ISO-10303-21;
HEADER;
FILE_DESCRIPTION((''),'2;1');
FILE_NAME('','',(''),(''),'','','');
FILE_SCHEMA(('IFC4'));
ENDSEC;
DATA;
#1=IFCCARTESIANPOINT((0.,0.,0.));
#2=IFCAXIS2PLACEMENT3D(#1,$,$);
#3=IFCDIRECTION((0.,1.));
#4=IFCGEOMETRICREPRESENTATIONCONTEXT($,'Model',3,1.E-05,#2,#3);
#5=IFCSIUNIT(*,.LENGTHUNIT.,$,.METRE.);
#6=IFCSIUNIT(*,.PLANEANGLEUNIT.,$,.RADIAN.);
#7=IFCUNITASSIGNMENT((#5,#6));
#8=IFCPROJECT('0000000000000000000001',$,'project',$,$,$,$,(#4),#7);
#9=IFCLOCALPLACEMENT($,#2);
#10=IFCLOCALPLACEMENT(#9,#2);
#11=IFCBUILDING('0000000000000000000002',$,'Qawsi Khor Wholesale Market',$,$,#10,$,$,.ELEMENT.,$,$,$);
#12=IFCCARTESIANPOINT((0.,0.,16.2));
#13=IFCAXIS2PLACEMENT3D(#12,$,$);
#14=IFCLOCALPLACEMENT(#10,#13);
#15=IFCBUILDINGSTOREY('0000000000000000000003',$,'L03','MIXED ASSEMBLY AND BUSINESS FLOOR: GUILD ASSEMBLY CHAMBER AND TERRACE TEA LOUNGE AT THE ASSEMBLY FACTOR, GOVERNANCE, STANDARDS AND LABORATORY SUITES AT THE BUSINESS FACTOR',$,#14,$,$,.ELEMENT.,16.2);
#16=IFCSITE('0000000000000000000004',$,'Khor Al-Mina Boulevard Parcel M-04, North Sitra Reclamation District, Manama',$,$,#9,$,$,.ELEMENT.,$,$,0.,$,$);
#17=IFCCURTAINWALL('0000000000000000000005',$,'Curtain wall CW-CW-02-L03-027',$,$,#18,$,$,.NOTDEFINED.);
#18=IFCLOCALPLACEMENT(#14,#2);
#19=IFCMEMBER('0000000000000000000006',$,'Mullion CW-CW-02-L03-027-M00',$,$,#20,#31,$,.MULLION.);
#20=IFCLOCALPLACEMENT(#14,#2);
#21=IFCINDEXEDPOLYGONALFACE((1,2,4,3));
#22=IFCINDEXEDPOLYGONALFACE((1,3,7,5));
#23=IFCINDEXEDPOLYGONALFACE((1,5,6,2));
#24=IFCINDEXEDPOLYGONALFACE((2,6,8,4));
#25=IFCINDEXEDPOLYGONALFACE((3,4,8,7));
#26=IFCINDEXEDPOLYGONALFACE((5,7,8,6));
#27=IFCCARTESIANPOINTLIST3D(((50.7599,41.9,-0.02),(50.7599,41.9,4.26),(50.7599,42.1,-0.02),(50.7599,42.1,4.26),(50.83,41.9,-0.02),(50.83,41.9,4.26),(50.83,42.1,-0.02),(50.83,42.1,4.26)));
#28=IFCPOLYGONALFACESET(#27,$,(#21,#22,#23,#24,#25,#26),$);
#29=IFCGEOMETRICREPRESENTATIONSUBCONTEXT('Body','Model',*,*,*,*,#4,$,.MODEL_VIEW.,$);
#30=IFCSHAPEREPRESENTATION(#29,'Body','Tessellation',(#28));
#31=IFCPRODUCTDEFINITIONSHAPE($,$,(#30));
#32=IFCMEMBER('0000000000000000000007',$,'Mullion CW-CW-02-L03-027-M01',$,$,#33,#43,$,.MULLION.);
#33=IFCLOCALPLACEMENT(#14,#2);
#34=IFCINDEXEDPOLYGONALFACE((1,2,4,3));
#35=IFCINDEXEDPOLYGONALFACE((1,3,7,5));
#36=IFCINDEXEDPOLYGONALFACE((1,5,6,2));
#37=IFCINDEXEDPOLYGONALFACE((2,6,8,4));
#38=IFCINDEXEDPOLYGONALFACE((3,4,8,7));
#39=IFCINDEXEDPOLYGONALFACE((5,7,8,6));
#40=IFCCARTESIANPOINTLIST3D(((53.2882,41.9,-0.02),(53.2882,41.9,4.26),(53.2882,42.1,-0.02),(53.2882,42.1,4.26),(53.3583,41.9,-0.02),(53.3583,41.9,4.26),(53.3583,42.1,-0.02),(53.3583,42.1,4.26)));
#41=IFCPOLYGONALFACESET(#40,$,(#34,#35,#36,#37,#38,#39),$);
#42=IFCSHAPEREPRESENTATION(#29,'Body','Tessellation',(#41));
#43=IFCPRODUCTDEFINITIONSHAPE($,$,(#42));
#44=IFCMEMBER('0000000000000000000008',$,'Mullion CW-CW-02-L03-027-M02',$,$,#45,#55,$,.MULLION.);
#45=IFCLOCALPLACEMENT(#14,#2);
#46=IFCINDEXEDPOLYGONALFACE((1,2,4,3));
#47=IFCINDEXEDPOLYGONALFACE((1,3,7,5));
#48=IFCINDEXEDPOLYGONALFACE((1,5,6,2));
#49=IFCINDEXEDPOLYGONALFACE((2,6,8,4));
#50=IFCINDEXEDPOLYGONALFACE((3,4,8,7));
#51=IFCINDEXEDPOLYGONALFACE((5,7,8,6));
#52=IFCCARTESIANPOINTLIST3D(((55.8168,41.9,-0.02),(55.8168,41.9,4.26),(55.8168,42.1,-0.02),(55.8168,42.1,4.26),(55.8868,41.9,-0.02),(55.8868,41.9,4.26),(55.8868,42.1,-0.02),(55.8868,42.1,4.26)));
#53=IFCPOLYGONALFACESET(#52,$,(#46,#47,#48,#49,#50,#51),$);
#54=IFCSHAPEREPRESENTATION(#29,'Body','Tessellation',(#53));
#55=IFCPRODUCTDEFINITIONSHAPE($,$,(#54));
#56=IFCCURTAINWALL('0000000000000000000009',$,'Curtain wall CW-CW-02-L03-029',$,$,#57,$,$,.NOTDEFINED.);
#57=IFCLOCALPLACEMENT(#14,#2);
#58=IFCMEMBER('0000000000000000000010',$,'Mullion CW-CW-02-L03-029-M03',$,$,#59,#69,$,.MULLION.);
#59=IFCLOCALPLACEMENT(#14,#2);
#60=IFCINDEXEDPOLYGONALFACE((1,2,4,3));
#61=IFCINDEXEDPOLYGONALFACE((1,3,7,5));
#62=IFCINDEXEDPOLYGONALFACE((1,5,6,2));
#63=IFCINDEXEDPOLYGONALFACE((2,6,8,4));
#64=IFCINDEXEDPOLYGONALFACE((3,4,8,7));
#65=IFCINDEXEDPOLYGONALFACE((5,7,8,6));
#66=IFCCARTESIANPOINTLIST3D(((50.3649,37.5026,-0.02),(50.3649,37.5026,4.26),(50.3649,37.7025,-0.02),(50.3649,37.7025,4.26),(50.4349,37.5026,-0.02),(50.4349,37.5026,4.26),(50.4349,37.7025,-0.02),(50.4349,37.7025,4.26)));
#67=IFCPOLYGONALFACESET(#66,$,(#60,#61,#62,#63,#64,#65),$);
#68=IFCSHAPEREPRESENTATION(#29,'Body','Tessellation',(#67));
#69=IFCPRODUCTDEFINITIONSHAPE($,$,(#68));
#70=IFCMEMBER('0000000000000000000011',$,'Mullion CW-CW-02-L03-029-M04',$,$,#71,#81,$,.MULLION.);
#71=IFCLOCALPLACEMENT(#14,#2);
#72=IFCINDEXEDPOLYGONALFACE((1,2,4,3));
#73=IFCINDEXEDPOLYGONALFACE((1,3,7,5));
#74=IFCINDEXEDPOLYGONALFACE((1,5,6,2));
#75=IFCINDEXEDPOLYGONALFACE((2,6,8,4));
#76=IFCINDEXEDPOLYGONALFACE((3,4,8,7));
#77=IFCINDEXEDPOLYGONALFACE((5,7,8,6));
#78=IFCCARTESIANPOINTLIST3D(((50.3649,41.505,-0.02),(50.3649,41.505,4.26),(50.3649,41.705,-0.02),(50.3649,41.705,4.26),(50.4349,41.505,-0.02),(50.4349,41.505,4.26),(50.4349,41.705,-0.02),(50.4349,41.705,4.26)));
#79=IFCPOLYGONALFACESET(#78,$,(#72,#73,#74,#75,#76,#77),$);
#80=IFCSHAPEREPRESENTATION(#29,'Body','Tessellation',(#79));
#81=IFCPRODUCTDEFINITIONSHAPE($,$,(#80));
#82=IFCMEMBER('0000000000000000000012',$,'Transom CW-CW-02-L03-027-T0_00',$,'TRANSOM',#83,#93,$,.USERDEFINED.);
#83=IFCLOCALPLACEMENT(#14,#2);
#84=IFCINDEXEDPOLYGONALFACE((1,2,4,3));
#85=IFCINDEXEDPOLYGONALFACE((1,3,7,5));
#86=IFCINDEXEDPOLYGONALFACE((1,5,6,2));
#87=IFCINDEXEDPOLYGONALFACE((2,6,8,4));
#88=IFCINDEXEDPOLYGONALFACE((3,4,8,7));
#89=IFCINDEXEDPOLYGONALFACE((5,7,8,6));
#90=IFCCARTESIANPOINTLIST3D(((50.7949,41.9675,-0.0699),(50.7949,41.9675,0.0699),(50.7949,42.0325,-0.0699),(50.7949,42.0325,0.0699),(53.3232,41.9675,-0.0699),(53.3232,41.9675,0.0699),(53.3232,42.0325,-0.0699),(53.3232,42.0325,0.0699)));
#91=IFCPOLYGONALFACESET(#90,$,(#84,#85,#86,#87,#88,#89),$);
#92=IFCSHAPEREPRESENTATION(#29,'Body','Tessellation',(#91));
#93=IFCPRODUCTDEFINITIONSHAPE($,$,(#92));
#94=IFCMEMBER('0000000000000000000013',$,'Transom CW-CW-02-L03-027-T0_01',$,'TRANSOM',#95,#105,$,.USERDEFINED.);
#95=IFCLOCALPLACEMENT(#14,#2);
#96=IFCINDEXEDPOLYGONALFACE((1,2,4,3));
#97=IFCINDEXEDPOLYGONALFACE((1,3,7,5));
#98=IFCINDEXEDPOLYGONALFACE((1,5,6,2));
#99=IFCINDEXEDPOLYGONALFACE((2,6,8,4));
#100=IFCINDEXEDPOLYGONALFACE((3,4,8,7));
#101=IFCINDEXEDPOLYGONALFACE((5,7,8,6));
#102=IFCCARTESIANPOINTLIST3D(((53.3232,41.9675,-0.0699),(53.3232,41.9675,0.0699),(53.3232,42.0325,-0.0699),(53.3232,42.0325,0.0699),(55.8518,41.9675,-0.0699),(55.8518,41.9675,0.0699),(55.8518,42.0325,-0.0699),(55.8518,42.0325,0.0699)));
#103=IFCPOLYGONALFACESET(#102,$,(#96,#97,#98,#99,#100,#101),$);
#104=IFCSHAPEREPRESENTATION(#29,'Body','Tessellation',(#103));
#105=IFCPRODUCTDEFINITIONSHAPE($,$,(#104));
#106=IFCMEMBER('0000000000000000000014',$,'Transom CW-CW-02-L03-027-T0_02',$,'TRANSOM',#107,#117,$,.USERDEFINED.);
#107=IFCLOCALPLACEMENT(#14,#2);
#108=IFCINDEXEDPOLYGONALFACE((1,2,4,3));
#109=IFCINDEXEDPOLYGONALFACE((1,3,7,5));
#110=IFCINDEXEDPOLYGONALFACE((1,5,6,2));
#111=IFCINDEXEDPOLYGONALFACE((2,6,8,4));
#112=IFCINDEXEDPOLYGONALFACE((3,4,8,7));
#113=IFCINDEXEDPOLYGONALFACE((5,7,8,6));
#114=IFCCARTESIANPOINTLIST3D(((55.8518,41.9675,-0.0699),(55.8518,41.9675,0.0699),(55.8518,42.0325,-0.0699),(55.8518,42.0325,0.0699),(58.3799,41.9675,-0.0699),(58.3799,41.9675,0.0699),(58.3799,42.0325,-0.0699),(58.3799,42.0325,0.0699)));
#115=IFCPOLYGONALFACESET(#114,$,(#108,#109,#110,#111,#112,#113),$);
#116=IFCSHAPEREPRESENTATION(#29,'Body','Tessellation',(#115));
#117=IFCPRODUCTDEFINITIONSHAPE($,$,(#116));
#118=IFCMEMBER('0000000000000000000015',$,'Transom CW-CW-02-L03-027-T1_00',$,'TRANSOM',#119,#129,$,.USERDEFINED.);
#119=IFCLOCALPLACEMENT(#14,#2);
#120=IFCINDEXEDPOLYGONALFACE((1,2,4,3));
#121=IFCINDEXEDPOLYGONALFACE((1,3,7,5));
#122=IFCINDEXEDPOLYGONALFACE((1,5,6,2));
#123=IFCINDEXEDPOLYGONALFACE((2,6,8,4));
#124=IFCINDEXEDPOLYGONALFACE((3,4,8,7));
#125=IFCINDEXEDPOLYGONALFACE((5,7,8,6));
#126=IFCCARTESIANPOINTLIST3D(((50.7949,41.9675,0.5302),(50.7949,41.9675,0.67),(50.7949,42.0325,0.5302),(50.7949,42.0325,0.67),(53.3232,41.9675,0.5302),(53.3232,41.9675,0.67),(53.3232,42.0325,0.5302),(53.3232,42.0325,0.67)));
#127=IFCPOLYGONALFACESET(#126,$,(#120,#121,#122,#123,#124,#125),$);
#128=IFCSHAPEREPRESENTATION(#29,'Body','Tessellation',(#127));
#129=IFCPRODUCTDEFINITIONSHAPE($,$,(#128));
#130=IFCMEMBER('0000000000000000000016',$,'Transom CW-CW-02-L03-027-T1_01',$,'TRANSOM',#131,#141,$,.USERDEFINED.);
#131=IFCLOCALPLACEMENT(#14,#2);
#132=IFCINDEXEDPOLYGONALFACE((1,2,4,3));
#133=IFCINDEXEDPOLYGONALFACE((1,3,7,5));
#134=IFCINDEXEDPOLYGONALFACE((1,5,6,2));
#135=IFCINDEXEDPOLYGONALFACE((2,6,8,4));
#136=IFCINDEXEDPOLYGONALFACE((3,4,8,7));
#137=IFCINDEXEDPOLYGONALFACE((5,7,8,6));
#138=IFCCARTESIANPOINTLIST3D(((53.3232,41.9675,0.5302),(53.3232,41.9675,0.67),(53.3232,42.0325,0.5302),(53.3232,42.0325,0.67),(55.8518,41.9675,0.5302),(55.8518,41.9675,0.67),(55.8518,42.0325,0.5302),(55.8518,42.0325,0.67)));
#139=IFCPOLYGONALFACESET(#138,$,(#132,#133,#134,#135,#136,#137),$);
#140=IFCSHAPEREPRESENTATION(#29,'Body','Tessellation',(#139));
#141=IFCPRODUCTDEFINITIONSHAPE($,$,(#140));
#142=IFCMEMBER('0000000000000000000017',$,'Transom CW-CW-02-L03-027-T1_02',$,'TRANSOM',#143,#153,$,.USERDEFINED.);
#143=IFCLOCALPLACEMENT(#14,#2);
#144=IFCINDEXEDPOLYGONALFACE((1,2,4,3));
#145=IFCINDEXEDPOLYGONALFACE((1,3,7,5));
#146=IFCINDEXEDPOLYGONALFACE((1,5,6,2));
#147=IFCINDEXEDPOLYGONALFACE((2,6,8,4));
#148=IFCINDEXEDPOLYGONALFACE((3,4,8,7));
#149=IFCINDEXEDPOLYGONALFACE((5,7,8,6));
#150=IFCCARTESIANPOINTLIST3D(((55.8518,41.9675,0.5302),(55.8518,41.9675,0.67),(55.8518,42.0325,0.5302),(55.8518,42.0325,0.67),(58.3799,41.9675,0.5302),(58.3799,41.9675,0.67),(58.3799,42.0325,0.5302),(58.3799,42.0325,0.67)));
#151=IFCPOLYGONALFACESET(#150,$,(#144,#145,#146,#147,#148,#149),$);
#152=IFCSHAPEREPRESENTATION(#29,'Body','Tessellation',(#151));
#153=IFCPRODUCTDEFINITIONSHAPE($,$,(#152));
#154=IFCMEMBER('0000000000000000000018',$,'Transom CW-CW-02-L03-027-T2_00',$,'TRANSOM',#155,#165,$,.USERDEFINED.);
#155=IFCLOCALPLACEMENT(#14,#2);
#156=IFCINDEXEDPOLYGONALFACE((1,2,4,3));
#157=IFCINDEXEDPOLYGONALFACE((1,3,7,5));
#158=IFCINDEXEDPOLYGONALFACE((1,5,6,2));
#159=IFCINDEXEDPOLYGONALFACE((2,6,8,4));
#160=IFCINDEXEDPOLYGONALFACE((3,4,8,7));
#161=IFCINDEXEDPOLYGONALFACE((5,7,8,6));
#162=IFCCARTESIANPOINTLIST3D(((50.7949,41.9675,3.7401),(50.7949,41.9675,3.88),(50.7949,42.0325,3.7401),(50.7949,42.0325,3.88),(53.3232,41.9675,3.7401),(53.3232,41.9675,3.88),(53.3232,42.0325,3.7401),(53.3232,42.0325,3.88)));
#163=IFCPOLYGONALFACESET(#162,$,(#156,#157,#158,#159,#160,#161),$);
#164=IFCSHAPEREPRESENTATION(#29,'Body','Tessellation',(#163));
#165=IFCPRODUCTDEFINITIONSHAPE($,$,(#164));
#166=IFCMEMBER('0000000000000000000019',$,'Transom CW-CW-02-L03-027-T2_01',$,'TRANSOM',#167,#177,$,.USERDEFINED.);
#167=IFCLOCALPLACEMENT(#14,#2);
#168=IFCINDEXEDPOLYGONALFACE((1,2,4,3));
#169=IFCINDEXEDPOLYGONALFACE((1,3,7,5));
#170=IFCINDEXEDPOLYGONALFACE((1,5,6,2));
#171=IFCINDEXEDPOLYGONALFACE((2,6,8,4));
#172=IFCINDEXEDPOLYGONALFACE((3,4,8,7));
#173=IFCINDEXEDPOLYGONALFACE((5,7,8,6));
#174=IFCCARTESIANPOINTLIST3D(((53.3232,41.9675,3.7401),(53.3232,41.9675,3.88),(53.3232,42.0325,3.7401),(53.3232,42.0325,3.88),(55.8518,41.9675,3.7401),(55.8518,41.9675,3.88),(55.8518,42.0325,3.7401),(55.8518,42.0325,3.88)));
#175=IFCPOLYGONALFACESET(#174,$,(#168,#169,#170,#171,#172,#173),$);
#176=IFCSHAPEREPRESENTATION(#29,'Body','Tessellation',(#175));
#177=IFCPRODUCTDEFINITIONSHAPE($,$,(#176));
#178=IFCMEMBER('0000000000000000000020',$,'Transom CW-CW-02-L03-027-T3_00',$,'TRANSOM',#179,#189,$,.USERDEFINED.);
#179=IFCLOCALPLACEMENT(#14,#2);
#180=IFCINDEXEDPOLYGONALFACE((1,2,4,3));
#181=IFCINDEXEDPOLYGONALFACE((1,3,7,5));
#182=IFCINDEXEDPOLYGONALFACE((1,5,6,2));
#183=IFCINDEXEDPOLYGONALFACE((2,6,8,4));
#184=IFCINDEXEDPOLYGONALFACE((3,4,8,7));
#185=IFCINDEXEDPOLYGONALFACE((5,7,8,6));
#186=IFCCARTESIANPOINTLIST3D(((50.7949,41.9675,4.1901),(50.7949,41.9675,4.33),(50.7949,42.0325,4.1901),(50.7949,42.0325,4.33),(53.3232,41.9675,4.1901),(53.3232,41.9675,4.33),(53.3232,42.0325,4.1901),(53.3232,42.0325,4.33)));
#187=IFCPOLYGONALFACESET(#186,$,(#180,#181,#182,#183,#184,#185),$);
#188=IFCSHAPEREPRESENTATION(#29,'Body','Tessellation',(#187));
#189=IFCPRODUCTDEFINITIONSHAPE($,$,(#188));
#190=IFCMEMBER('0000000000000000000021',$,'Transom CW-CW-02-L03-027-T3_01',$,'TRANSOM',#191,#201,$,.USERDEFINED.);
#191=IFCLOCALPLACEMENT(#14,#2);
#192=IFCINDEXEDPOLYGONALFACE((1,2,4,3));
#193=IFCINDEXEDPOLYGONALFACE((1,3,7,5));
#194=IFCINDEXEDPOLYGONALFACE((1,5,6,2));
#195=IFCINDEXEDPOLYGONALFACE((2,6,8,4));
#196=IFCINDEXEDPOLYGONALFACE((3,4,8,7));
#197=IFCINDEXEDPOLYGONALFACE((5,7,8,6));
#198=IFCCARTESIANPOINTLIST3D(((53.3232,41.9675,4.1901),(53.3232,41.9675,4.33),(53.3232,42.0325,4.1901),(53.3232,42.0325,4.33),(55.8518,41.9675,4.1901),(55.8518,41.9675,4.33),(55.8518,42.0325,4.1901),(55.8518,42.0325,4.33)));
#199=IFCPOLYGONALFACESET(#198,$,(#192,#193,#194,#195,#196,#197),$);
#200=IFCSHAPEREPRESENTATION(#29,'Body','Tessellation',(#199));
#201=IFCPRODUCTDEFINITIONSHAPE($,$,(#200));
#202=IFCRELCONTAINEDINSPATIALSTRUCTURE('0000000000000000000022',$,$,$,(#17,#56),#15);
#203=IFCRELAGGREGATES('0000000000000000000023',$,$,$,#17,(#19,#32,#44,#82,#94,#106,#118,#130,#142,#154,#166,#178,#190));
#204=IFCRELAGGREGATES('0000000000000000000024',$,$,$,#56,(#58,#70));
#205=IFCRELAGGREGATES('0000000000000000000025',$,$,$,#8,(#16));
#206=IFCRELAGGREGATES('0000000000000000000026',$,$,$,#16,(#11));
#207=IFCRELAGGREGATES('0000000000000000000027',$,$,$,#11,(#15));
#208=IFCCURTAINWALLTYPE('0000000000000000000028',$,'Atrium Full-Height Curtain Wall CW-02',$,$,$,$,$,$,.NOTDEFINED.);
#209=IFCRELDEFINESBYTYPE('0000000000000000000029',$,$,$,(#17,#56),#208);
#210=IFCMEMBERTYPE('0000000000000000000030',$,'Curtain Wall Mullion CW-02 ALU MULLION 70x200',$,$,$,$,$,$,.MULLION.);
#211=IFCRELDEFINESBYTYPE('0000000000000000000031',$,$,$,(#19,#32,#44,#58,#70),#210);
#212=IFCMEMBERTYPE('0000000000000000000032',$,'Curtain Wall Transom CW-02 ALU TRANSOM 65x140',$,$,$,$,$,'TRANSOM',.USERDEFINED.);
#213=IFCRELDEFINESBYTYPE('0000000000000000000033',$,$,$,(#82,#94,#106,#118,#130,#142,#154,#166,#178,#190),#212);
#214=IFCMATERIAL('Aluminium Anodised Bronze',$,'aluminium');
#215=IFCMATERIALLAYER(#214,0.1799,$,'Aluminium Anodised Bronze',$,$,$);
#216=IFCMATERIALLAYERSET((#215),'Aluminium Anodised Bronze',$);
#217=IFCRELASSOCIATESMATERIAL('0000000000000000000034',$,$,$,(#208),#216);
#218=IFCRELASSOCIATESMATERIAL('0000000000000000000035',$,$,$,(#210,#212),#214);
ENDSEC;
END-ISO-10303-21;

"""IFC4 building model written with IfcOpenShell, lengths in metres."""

from ifc_helpers import new_model, si_unit, direction, frame, origin, origin_2d, place, context, subcontext, project, spatial, rectangle, extrude, material, layer, layer_set, material_profile, profile_set, type_object, element, aggregate, save


model = new_model("IFC4")

# Units and contexts
model_context = context("Model", 3, precision=1e-05, world=origin(), true_north=direction((0.0, 1.0)))
body_context = subcontext(model_context, "Body", "Model", "MODEL_VIEW")
ifc_project = project(units=[si_unit("LENGTHUNIT", "METRE"), si_unit("PLANEANGLEUNIT", "RADIAN")], contexts=[model_context])

# Site, building, storey
site_placement = place(None, origin())
site = spatial("IfcSite", under=ifc_project, at=site_placement, Name="Khor Al-Mina Boulevard Parcel M-04, North Sitra Reclamation District, Manama", CompositionType="ELEMENT", RefElevation=0.0)
building_placement = place(site_placement, origin())
building = spatial("IfcBuilding", under=site, at=building_placement, Name="Qawsi Khor Wholesale Market", CompositionType="ELEMENT")
storey_placement = place(building_placement, frame((0.0, 0.0, 16.2)))
storey = spatial("IfcBuildingStorey", under=building, at=storey_placement, Name="L03", Description="MIXED ASSEMBLY AND BUSINESS FLOOR: GUILD ASSEMBLY CHAMBER AND TERRACE TEA LOUNGE AT THE ASSEMBLY FACTOR, GOVERNANCE, STANDARDS AND LABORATORY SUITES AT THE BUSINESS FACTOR", CompositionType="ELEMENT", Elevation=16.2)

# Curtain walls, members
ifc_material_1 = material(Name="Aluminium Anodised Bronze", Category="aluminium")
ifc_layer_1 = layer(ifc_material_1, 0.1799, Name="Aluminium Anodised Bronze")
ifc_layer_set_1 = layer_set([ifc_layer_1], Name="Aluminium Anodised Bronze")
curtain_wall_type = type_object("IfcCurtainWallType", Name="Atrium Full-Height Curtain Wall CW-02", PredefinedType="NOTDEFINED", material=ifc_layer_set_1)
curtain_wall_1_placement = place(storey_placement, origin())
curtain_wall_1 = element("IfcCurtainWall", 1, at=curtain_wall_1_placement, inside=storey, type_object=curtain_wall_type, Name="Curtain wall CW-CW-02-L03-027", PredefinedType="NOTDEFINED")
ifc_material_profile_1 = material_profile(ifc_material_1, rectangle(XDim=0.0701, YDim=0.2, at=origin_2d()), Name="ALU MULLION 70x200")
ifc_profile_set_1 = profile_set([ifc_material_profile_1], Name="Aluminium Anodised Bronze")
member_type_1 = type_object("IfcMemberType", Name="Curtain Wall Mullion CW-02 ALU MULLION 70x200", PredefinedType="MULLION", material=ifc_profile_set_1)
member_1_placement = place(storey_placement, frame((50.7949, 42.0, -0.02), z_axis=(0.0, 0.0, 1.0), x_axis=(1.0, 0.0, 0.0)))
member_1 = element("IfcMember", 2, at=member_1_placement, type_object=member_type_1, Name="Mullion CW-CW-02-L03-027-M00", PredefinedType="MULLION", context=body_context, shape_type="SweptSolid", body=[
    extrude(rectangle(XDim=0.0701, YDim=0.2, at=origin_2d()), origin(), (0.0, 0.0, 1.0), 4.28),
])
member_2_placement = place(storey_placement, frame((53.3232, 42.0, -0.02), z_axis=(0.0, 0.0, 1.0), x_axis=(1.0, 0.0, 0.0)))
member_2 = element("IfcMember", 3, at=member_2_placement, type_object=member_type_1, Name="Mullion CW-CW-02-L03-027-M01", PredefinedType="MULLION", context=body_context, shape_type="SweptSolid", body=[
    extrude(rectangle(XDim=0.0701, YDim=0.2, at=origin_2d()), origin(), (0.0, 0.0, 1.0), 4.28),
])
member_3_placement = place(storey_placement, frame((55.8518, 42.0, -0.02), z_axis=(0.0, 0.0, 1.0), x_axis=(1.0, 0.0, 0.0)))
member_3 = element("IfcMember", 4, at=member_3_placement, type_object=member_type_1, Name="Mullion CW-CW-02-L03-027-M02", PredefinedType="MULLION", context=body_context, shape_type="SweptSolid", body=[
    extrude(rectangle(XDim=0.0701, YDim=0.2, at=origin_2d()), origin(), (0.0, 0.0, 1.0), 4.28),
])
curtain_wall_2_placement = place(storey_placement, origin())
curtain_wall_2 = element("IfcCurtainWall", 5, at=curtain_wall_2_placement, inside=storey, type_object=curtain_wall_type, Name="Curtain wall CW-CW-02-L03-029", PredefinedType="NOTDEFINED")
member_4_placement = place(storey_placement, frame((50.3999, 37.6025, -0.02), z_axis=(0.0, 0.0, 1.0), x_axis=(1.0, 0.0, 0.0)))
member_4 = element("IfcMember", 6, at=member_4_placement, type_object=member_type_1, Name="Mullion CW-CW-02-L03-029-M03", PredefinedType="MULLION", context=body_context, shape_type="SweptSolid", body=[
    extrude(rectangle(XDim=0.0701, YDim=0.2, at=origin_2d()), origin(), (0.0, 0.0, 1.0), 4.28),
])
member_5_placement = place(storey_placement, frame((50.3999, 41.605, -0.02), z_axis=(0.0, 0.0, 1.0), x_axis=(1.0, 0.0, 0.0)))
member_5 = element("IfcMember", 7, at=member_5_placement, type_object=member_type_1, Name="Mullion CW-CW-02-L03-029-M04", PredefinedType="MULLION", context=body_context, shape_type="SweptSolid", body=[
    extrude(rectangle(XDim=0.0701, YDim=0.2, at=origin_2d()), origin(), (0.0, 0.0, 1.0), 4.28),
])

# Members
ifc_material_profile_2 = material_profile(ifc_material_1, rectangle(XDim=0.0649, YDim=0.1399, at=origin_2d()), Name="ALU TRANSOM 65x140")
ifc_profile_set_2 = profile_set([ifc_material_profile_2], Name="Aluminium Anodised Bronze")
member_type_2 = type_object("IfcMemberType", Name="Curtain Wall Transom CW-02 ALU TRANSOM 65x140", ElementType="TRANSOM", PredefinedType="USERDEFINED", material=ifc_profile_set_2)
member_6_placement = place(storey_placement, frame((50.7949, 42.0, 0.0), z_axis=(1.0, 0.0, 0.0), x_axis=(0.0, 1.0, 0.0)))
member_6 = element("IfcMember", 8, at=member_6_placement, type_object=member_type_2, Name="Transom CW-CW-02-L03-027-T0_00", ObjectType="TRANSOM", PredefinedType="USERDEFINED", context=body_context, shape_type="SweptSolid", body=[
    extrude(rectangle(XDim=0.0649, YDim=0.1399, at=origin_2d()), origin(), (0.0, 0.0, 1.0), 2.5283),
])
member_7_placement = place(storey_placement, frame((53.3232, 42.0, 0.0), z_axis=(1.0, 0.0, 0.0), x_axis=(0.0, 1.0, 0.0)))
member_7 = element("IfcMember", 9, at=member_7_placement, type_object=member_type_2, Name="Transom CW-CW-02-L03-027-T0_01", ObjectType="TRANSOM", PredefinedType="USERDEFINED", context=body_context, shape_type="SweptSolid", body=[
    extrude(rectangle(XDim=0.0649, YDim=0.1399, at=origin_2d()), origin(), (0.0, 0.0, 1.0), 2.5286),
])
member_8_placement = place(storey_placement, frame((55.8518, 42.0, 0.0), z_axis=(1.0, 0.0, 0.0), x_axis=(0.0, 1.0, 0.0)))
member_8 = element("IfcMember", 10, at=member_8_placement, type_object=member_type_2, Name="Transom CW-CW-02-L03-027-T0_02", ObjectType="TRANSOM", PredefinedType="USERDEFINED", context=body_context, shape_type="SweptSolid", body=[
    extrude(rectangle(XDim=0.0649, YDim=0.1399, at=origin_2d()), origin(), (0.0, 0.0, 1.0), 2.5281),
])
member_9_placement = place(storey_placement, frame((50.7949, 42.0, 0.6001), z_axis=(1.0, 0.0, 0.0), x_axis=(0.0, 1.0, 0.0)))
member_9 = element("IfcMember", 11, at=member_9_placement, type_object=member_type_2, Name="Transom CW-CW-02-L03-027-T1_00", ObjectType="TRANSOM", PredefinedType="USERDEFINED", context=body_context, shape_type="SweptSolid", body=[
    extrude(rectangle(XDim=0.0649, YDim=0.1399, at=origin_2d()), origin(), (0.0, 0.0, 1.0), 2.5283),
])
member_10_placement = place(storey_placement, frame((53.3232, 42.0, 0.6001), z_axis=(1.0, 0.0, 0.0), x_axis=(0.0, 1.0, 0.0)))
member_10 = element("IfcMember", 12, at=member_10_placement, type_object=member_type_2, Name="Transom CW-CW-02-L03-027-T1_01", ObjectType="TRANSOM", PredefinedType="USERDEFINED", context=body_context, shape_type="SweptSolid", body=[
    extrude(rectangle(XDim=0.0649, YDim=0.1399, at=origin_2d()), origin(), (0.0, 0.0, 1.0), 2.5286),
])
member_11_placement = place(storey_placement, frame((55.8518, 42.0, 0.6001), z_axis=(1.0, 0.0, 0.0), x_axis=(0.0, 1.0, 0.0)))
member_11 = element("IfcMember", 13, at=member_11_placement, type_object=member_type_2, Name="Transom CW-CW-02-L03-027-T1_02", ObjectType="TRANSOM", PredefinedType="USERDEFINED", context=body_context, shape_type="SweptSolid", body=[
    extrude(rectangle(XDim=0.0649, YDim=0.1399, at=origin_2d()), origin(), (0.0, 0.0, 1.0), 2.5281),
])
member_12_placement = place(storey_placement, frame((50.7949, 42.0, 3.8101), z_axis=(1.0, 0.0, 0.0), x_axis=(0.0, 1.0, 0.0)))
member_12 = element("IfcMember", 14, at=member_12_placement, type_object=member_type_2, Name="Transom CW-CW-02-L03-027-T2_00", ObjectType="TRANSOM", PredefinedType="USERDEFINED", context=body_context, shape_type="SweptSolid", body=[
    extrude(rectangle(XDim=0.0649, YDim=0.1399, at=origin_2d()), origin(), (0.0, 0.0, 1.0), 2.5283),
])
member_13_placement = place(storey_placement, frame((53.3232, 42.0, 3.8101), z_axis=(1.0, 0.0, 0.0), x_axis=(0.0, 1.0, 0.0)))
member_13 = element("IfcMember", 15, at=member_13_placement, type_object=member_type_2, Name="Transom CW-CW-02-L03-027-T2_01", ObjectType="TRANSOM", PredefinedType="USERDEFINED", context=body_context, shape_type="SweptSolid", body=[
    extrude(rectangle(XDim=0.0649, YDim=0.1399, at=origin_2d()), origin(), (0.0, 0.0, 1.0), 2.5286),
])
member_14_placement = place(storey_placement, frame((50.7949, 42.0, 4.26), z_axis=(1.0, 0.0, 0.0), x_axis=(0.0, 1.0, 0.0)))
member_14 = element("IfcMember", 16, at=member_14_placement, type_object=member_type_2, Name="Transom CW-CW-02-L03-027-T3_00", ObjectType="TRANSOM", PredefinedType="USERDEFINED", context=body_context, shape_type="SweptSolid", body=[
    extrude(rectangle(XDim=0.0649, YDim=0.1399, at=origin_2d()), origin(), (0.0, 0.0, 1.0), 2.5283),
])
member_15_placement = place(storey_placement, frame((53.3232, 42.0, 4.26), z_axis=(1.0, 0.0, 0.0), x_axis=(0.0, 1.0, 0.0)))
member_15 = element("IfcMember", 17, at=member_15_placement, type_object=member_type_2, Name="Transom CW-CW-02-L03-027-T3_01", ObjectType="TRANSOM", PredefinedType="USERDEFINED", context=body_context, shape_type="SweptSolid", body=[
    extrude(rectangle(XDim=0.0649, YDim=0.1399, at=origin_2d()), origin(), (0.0, 0.0, 1.0), 2.5286),
])

aggregate(curtain_wall_1, [member_1, member_2, member_3, member_6, member_7, member_8, member_9, member_10, member_11, member_12, member_13, member_14, member_15])
aggregate(curtain_wall_2, [member_4, member_5])

save(model, "model.ifc")
